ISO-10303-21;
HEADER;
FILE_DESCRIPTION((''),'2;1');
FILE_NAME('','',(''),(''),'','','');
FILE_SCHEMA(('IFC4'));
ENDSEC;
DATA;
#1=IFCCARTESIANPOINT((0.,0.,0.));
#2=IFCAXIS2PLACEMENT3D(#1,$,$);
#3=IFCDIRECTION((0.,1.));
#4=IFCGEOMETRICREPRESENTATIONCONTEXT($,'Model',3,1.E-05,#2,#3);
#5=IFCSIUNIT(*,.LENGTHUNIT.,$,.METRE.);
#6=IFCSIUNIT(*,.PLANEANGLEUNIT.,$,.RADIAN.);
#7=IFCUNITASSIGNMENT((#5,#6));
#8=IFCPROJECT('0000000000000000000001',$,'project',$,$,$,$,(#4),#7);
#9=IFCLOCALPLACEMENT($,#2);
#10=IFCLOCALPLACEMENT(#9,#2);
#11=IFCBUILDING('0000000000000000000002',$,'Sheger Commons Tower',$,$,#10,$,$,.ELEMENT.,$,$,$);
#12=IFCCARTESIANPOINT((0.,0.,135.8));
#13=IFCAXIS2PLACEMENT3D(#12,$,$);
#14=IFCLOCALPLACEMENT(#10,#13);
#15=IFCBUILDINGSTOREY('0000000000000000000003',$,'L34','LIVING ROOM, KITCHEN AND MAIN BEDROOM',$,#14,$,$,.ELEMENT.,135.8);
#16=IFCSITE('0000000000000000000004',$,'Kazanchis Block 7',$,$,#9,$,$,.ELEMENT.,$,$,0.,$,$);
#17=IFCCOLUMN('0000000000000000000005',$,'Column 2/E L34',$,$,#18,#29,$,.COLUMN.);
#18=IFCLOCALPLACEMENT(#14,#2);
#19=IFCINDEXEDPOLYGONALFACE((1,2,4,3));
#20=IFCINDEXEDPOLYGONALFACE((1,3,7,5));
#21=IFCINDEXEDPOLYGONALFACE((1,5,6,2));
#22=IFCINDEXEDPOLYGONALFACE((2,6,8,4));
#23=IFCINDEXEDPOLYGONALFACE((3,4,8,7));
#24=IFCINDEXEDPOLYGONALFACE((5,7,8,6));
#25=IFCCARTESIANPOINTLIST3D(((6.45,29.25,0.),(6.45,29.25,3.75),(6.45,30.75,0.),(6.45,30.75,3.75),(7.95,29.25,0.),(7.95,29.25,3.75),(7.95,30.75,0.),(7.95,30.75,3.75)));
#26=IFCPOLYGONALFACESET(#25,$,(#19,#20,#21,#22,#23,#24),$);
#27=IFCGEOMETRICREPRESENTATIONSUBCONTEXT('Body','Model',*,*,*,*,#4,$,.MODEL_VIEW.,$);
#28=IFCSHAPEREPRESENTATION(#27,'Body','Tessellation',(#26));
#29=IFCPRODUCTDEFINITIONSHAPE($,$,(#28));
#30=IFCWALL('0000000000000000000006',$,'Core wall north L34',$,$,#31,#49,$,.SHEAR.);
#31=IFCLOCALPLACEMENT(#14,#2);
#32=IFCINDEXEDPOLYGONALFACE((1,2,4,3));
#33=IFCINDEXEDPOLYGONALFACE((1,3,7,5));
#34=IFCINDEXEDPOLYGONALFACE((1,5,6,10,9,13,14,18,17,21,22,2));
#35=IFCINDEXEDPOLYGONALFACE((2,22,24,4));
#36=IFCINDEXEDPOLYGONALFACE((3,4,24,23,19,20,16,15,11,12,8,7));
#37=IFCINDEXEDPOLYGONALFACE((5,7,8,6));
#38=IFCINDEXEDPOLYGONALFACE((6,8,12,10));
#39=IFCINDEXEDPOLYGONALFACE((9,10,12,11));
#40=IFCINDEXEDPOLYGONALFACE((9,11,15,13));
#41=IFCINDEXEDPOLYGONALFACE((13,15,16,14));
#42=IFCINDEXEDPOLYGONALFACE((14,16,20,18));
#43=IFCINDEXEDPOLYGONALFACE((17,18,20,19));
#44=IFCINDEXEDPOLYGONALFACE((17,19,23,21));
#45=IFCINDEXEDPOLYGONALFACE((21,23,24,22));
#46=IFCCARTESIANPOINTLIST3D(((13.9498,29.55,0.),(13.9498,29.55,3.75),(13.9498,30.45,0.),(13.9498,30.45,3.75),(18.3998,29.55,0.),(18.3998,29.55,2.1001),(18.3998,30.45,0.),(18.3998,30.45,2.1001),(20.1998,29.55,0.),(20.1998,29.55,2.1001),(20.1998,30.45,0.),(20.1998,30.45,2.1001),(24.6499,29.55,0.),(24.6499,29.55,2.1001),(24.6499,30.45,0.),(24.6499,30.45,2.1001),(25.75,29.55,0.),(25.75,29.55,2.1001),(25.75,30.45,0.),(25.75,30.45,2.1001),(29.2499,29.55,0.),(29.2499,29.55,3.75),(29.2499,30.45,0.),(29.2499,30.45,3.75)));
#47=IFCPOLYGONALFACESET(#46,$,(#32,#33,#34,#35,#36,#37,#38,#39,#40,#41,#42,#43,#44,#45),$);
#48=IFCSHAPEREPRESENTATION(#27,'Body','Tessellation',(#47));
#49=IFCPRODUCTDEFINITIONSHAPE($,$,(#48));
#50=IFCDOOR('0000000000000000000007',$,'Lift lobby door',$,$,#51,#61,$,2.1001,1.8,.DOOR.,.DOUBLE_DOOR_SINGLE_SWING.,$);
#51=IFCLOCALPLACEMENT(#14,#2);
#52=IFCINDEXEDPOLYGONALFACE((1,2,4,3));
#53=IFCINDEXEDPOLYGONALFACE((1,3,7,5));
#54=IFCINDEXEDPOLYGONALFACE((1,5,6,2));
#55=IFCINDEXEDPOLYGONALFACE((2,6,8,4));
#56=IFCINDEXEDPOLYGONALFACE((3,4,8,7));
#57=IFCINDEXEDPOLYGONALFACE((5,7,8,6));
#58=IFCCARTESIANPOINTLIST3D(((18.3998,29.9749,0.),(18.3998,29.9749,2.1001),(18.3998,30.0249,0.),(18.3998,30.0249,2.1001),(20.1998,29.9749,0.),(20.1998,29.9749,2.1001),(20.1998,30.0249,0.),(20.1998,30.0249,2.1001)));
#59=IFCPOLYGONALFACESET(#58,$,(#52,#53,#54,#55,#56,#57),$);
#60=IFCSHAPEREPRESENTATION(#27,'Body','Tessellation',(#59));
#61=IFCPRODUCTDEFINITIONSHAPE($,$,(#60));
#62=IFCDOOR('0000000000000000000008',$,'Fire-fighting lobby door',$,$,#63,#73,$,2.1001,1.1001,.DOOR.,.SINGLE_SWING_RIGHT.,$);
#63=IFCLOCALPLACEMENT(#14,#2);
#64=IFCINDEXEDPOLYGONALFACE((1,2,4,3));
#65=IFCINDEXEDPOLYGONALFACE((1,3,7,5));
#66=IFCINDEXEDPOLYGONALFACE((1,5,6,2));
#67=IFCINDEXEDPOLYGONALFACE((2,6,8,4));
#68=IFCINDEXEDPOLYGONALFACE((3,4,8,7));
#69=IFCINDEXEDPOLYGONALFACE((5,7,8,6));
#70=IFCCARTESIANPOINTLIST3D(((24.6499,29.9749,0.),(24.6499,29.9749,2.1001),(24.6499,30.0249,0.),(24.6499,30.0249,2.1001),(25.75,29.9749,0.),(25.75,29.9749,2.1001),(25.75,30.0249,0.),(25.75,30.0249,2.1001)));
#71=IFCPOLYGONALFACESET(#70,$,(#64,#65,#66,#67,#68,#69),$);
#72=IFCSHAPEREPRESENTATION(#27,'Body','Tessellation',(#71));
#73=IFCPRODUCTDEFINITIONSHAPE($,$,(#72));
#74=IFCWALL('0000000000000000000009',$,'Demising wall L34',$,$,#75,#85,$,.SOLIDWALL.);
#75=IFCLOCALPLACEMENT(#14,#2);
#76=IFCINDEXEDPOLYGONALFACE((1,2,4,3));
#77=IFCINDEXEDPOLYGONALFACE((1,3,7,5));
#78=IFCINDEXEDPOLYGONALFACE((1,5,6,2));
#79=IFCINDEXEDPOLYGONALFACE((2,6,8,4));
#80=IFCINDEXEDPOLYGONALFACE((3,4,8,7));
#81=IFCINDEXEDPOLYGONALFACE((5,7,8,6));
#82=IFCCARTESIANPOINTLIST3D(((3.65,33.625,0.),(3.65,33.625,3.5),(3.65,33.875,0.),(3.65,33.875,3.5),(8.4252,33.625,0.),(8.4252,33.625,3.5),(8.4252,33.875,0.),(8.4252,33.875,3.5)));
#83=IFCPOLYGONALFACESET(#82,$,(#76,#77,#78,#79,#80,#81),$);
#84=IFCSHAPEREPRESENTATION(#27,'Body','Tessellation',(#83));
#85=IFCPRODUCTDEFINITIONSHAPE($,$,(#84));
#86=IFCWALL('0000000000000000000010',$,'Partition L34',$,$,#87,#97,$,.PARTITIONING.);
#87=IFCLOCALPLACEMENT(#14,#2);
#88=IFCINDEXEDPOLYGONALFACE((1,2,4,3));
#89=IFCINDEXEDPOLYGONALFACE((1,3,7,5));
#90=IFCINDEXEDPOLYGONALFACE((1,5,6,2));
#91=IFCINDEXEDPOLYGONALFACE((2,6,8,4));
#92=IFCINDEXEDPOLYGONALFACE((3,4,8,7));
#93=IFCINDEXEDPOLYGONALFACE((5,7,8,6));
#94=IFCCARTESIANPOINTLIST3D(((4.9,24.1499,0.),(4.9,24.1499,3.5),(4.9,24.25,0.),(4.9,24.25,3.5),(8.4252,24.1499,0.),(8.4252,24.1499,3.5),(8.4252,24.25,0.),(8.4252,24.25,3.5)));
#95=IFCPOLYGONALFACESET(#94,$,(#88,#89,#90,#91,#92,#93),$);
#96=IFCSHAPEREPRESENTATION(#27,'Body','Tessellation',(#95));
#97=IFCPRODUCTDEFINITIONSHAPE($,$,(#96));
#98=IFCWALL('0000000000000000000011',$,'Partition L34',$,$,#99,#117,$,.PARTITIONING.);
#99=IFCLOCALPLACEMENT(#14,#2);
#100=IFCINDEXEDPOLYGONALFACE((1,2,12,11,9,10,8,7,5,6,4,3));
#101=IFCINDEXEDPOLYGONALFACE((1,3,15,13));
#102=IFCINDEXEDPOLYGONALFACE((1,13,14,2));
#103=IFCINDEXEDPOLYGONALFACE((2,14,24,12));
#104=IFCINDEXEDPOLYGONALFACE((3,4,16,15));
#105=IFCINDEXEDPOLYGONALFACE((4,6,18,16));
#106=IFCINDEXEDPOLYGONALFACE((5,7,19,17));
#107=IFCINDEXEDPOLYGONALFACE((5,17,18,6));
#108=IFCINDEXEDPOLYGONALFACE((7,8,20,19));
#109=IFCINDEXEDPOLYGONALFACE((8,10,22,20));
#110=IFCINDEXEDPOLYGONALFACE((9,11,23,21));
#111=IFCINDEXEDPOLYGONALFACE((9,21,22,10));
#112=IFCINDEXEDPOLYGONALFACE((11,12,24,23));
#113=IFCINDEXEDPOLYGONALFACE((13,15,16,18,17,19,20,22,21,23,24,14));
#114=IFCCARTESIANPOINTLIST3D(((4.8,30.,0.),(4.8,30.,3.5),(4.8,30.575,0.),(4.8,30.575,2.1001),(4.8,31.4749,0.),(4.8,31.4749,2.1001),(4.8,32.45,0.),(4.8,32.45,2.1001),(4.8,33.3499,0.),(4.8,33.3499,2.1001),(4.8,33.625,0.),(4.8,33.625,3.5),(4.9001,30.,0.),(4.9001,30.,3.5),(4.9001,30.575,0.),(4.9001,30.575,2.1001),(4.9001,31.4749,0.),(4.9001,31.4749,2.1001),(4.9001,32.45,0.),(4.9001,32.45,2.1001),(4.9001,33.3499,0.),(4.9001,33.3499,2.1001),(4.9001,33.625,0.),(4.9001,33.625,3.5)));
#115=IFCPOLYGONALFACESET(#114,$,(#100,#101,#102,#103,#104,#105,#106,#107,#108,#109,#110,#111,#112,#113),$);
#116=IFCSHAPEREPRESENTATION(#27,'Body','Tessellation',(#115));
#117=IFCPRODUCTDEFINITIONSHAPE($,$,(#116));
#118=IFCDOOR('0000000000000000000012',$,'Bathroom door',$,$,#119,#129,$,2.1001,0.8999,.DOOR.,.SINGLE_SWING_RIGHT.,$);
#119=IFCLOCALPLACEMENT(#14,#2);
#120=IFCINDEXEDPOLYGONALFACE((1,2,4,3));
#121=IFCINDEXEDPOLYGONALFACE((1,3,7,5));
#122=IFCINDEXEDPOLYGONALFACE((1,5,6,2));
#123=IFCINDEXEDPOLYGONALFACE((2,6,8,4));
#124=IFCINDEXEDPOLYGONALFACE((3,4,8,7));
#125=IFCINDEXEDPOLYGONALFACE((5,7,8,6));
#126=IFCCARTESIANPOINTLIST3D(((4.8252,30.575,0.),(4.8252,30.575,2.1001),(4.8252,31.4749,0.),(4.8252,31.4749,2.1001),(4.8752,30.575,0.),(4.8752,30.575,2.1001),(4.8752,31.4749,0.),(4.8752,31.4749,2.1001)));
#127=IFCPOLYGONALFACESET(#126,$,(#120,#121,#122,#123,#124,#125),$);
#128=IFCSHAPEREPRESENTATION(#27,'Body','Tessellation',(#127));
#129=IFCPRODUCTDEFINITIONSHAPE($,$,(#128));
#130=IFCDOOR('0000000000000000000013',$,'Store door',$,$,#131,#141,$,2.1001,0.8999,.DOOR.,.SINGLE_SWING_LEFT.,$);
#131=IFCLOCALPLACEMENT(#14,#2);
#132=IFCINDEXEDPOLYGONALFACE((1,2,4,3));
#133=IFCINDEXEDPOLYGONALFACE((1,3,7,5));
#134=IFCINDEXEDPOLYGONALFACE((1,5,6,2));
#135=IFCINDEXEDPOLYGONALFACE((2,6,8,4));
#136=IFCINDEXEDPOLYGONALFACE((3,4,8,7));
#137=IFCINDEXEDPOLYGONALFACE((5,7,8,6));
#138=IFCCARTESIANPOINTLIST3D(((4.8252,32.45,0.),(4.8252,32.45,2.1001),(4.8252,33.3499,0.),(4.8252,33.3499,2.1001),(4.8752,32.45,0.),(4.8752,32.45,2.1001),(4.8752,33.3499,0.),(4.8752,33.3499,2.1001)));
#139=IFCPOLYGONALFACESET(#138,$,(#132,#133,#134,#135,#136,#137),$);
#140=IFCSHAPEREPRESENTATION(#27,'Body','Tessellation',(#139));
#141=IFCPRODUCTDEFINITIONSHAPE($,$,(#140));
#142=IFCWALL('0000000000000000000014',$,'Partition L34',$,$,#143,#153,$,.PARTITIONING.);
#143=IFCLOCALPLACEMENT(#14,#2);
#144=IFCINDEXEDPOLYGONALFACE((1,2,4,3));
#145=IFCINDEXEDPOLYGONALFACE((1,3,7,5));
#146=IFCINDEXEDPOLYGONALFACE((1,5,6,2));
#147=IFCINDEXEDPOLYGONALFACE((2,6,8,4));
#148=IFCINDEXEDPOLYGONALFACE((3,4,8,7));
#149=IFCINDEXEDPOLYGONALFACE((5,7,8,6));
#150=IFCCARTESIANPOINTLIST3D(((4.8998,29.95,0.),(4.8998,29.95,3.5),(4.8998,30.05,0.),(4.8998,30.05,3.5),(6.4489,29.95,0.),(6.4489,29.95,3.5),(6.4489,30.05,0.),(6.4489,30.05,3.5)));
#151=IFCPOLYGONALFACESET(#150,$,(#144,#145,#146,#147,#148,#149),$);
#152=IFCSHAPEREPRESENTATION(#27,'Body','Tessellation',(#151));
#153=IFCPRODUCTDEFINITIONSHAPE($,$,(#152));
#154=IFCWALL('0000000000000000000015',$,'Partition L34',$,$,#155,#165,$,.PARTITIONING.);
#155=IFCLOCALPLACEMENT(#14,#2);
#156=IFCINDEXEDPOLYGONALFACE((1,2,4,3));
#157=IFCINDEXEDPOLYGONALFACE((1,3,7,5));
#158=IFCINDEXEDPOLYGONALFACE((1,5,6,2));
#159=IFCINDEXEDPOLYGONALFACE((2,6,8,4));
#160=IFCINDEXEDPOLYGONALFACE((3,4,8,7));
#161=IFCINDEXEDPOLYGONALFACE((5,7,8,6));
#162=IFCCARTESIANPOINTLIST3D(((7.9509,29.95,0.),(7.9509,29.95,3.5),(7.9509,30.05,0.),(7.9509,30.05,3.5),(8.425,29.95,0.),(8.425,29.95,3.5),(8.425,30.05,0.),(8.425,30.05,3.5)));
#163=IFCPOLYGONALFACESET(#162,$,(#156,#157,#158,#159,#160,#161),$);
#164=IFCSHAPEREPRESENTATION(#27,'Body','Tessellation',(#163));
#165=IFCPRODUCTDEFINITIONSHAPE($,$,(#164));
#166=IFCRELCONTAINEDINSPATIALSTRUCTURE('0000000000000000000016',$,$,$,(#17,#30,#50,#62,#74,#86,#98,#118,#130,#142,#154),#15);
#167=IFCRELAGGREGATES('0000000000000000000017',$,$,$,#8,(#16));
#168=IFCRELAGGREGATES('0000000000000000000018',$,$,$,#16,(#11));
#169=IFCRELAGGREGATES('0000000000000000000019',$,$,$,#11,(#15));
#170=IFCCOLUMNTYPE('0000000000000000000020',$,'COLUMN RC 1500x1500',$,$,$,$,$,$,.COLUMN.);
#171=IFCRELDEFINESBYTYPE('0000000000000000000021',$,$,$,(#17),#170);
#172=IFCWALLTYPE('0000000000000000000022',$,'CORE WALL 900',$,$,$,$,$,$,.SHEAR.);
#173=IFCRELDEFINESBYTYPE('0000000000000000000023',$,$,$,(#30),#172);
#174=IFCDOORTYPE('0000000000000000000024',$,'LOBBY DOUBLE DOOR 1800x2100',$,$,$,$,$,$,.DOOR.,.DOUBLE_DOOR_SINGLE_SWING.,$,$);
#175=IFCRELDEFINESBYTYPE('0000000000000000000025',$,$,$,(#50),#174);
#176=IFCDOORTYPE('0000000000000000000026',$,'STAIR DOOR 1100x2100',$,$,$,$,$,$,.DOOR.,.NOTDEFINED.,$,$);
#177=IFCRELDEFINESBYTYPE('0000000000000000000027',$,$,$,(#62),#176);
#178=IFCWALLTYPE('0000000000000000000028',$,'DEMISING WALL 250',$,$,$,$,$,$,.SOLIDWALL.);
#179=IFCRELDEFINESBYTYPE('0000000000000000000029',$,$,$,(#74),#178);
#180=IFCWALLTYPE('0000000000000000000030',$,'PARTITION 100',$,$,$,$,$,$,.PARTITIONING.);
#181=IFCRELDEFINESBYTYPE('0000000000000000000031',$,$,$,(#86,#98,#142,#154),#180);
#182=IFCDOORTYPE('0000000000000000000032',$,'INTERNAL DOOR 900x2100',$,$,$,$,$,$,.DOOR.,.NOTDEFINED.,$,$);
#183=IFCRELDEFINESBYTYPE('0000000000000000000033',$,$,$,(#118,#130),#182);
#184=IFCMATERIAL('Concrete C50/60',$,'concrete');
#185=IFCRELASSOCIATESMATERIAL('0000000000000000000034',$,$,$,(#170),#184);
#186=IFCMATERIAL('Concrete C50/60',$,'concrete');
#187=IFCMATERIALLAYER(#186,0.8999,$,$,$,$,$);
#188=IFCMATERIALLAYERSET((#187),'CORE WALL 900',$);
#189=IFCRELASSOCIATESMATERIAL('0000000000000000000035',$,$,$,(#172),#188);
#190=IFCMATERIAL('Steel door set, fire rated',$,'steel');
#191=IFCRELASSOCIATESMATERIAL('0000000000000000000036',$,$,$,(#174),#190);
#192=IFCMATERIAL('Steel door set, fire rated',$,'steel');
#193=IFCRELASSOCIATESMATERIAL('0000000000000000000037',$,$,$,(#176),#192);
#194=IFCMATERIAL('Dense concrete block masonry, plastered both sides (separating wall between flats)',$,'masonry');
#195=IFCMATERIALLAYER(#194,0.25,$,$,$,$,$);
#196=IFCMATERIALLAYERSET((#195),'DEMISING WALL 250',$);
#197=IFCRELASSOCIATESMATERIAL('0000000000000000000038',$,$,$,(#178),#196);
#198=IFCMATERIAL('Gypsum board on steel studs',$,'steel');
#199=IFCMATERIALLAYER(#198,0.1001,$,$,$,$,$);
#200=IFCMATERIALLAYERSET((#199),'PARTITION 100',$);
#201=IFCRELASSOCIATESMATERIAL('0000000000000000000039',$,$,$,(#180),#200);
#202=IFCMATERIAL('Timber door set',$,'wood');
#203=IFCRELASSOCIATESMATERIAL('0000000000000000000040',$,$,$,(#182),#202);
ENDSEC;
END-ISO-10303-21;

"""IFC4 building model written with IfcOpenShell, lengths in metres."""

from ifc_helpers import new_model, si_unit, direction, frame, frame_2d, origin, origin_2d, place, context, subcontext, project, spatial, rectangle, extrude, material, layer, layer_set, material_profile, profile_set, type_object, element, fill, save


model = new_model("IFC4")

# Units and contexts
model_context = context("Model", 3, precision=1e-05, world=origin(), true_north=direction((0.0, 1.0)))
body_context = subcontext(model_context, "Body", "Model", "MODEL_VIEW")
ifc_project = project(units=[si_unit("LENGTHUNIT", "METRE"), si_unit("PLANEANGLEUNIT", "RADIAN")], contexts=[model_context])

# Site, building, storey
site_placement = place(None, origin())
site = spatial("IfcSite", under=ifc_project, at=site_placement, Name="Kazanchis Block 7", CompositionType="ELEMENT", RefElevation=0.0)
building_placement = place(site_placement, origin())
building = spatial("IfcBuilding", under=site, at=building_placement, Name="Sheger Commons Tower", CompositionType="ELEMENT")
storey_placement = place(building_placement, frame((0.0, 0.0, 135.8)))
storey = spatial("IfcBuildingStorey", under=building, at=storey_placement, Name="L34", Description="LIVING ROOM, KITCHEN AND MAIN BEDROOM", CompositionType="ELEMENT", Elevation=135.8)

# Column
ifc_material_1 = material(Name="Concrete C50/60", Category="concrete")
ifc_material_profile = material_profile(ifc_material_1, rectangle(XDim=1.5, YDim=1.5, at=origin_2d()), Name="RC 1500x1500")
ifc_profile_set = profile_set([ifc_material_profile], Name="Concrete C50/60")
column_type = type_object("IfcColumnType", Name="COLUMN RC 1500x1500", PredefinedType="COLUMN", material=ifc_profile_set)
column_placement = place(storey_placement, frame((7.2, 30.0, 0.0), z_axis=(0.0, 0.0, 1.0), x_axis=(1.0, 0.0, 0.0)))
element("IfcColumn", 1, at=column_placement, inside=storey, type_object=column_type, Name="Column 2/E L34", PredefinedType="COLUMN", context=body_context, shape_type="SweptSolid", body=[
    extrude(rectangle(XDim=1.5, YDim=1.5, at=origin_2d()), origin(), (0.0, 0.0, 1.0), 3.75),
])

# Wall, openings, doors
ifc_material_2 = material(Name="Concrete C50/60", Category="concrete")
ifc_layer_1 = layer(ifc_material_2, 0.8999)
ifc_layer_set_1 = layer_set([ifc_layer_1], Name="CORE WALL 900")
wall_type_1 = type_object("IfcWallType", Name="CORE WALL 900", PredefinedType="SHEAR", material=ifc_layer_set_1)
wall_1_placement = place(storey_placement, frame((13.95, 30.0, 0.0), z_axis=(0.0, 0.0, 1.0), x_axis=(1.0, 0.0, 0.0)))
wall_1 = element("IfcWall", 2, at=wall_1_placement, inside=storey, type_object=wall_type_1, Name="Core wall north L34", PredefinedType="SHEAR", context=body_context, shape_type="SweptSolid", body=[
    extrude(rectangle(XDim=15.3, YDim=0.8999, at=frame_2d((7.6499, 0.0))), origin(), (0.0, 0.0, 1.0), 3.75),
])
opening_1_placement = place(wall_1_placement, frame((4.45, 0.0, 0.0)))
opening_1 = element("IfcOpeningElement", 3, at=opening_1_placement, cuts=wall_1, PredefinedType="OPENING", context=body_context, shape_type="SweptSolid", body=[
    extrude(rectangle(XDim=1.8, YDim=2.1001, at=frame_2d((0.8999, 1.05))), frame((0.0, 0.46, 0.0), z_axis=(0.0, -1.0, 0.0), x_axis=(1.0, 0.0, 0.0)), (0.0, 0.0, 1.0), 0.9199),
])
opening_2_placement = place(wall_1_placement, frame((10.7, 0.0, 0.0)))
opening_2 = element("IfcOpeningElement", 4, at=opening_2_placement, cuts=wall_1, PredefinedType="OPENING", context=body_context, shape_type="SweptSolid", body=[
    extrude(rectangle(XDim=1.1001, YDim=2.1001, at=frame_2d((0.55, 1.05))), frame((0.0, 0.46, 0.0), z_axis=(0.0, -1.0, 0.0), x_axis=(1.0, 0.0, 0.0)), (0.0, 0.0, 1.0), 0.9199),
])
ifc_material_3 = material(Name="Steel door set, fire rated", Category="steel")
door_type_1 = type_object("IfcDoorType", Name="LOBBY DOUBLE DOOR 1800x2100", OperationType="DOUBLE_DOOR_SINGLE_SWING", PredefinedType="DOOR", material=ifc_material_3)
door_1_placement = place(opening_1_placement, origin())
door_1 = element("IfcDoor", 5, at=door_1_placement, inside=storey, type_object=door_type_1, Name="Lift lobby door", OperationType="DOUBLE_DOOR_SINGLE_SWING", OverallHeight=2.1001, OverallWidth=1.8, PredefinedType="DOOR", context=body_context, shape_type="SweptSolid", body=[
    extrude(rectangle(XDim=1.8, YDim=2.1001, at=frame_2d((0.8999, 1.05))), frame((0.0, 0.0249, 0.0), z_axis=(0.0, -1.0, 0.0), x_axis=(1.0, 0.0, 0.0)), (0.0, 0.0, 1.0), 0.05),
])
fill(opening_1, door_1)
ifc_material_4 = material(Name="Steel door set, fire rated", Category="steel")
door_type_2 = type_object("IfcDoorType", Name="STAIR DOOR 1100x2100", OperationType="NOTDEFINED", PredefinedType="DOOR", material=ifc_material_4)
door_2_placement = place(opening_2_placement, origin())
door_2 = element("IfcDoor", 6, at=door_2_placement, inside=storey, type_object=door_type_2, Name="Fire-fighting lobby door", OperationType="SINGLE_SWING_RIGHT", OverallHeight=2.1001, OverallWidth=1.1001, PredefinedType="DOOR", context=body_context, shape_type="SweptSolid", body=[
    extrude(rectangle(XDim=1.1001, YDim=2.1001, at=frame_2d((0.55, 1.05))), frame((0.0, 0.0249, 0.0), z_axis=(0.0, -1.0, 0.0), x_axis=(1.0, 0.0, 0.0)), (0.0, 0.0, 1.0), 0.05),
])
fill(opening_2, door_2)

# Walls
ifc_material_5 = material(Name="Dense concrete block masonry, plastered both sides (separating wall between flats)", Category="masonry")
ifc_layer_2 = layer(ifc_material_5, 0.25)
ifc_layer_set_2 = layer_set([ifc_layer_2], Name="DEMISING WALL 250")
wall_type_2 = type_object("IfcWallType", Name="DEMISING WALL 250", PredefinedType="SOLIDWALL", material=ifc_layer_set_2)
wall_2_placement = place(storey_placement, frame((3.6499, 33.75, 0.0), z_axis=(0.0, 0.0, 1.0), x_axis=(1.0, 0.0, 0.0)))
element("IfcWall", 7, at=wall_2_placement, inside=storey, type_object=wall_type_2, Name="Demising wall L34", PredefinedType="SOLIDWALL", context=body_context, shape_type="SweptSolid", body=[
    extrude(rectangle(XDim=4.7751, YDim=0.25, at=frame_2d((2.3877, 0.0))), origin(), (0.0, 0.0, 1.0), 3.5),
])
ifc_material_6 = material(Name="Gypsum board on steel studs", Category="steel")
ifc_layer_3 = layer(ifc_material_6, 0.1001)
ifc_layer_set_3 = layer_set([ifc_layer_3], Name="PARTITION 100")
wall_type_3 = type_object("IfcWallType", Name="PARTITION 100", PredefinedType="PARTITIONING", material=ifc_layer_set_3)
wall_3_placement = place(storey_placement, frame((4.8999, 24.2, 0.0), z_axis=(0.0, 0.0, 1.0), x_axis=(1.0, 0.0, 0.0)))
element("IfcWall", 8, at=wall_3_placement, inside=storey, type_object=wall_type_3, Name="Partition L34", PredefinedType="PARTITIONING", context=body_context, shape_type="SweptSolid", body=[
    extrude(rectangle(XDim=3.5251, YDim=0.1001, at=frame_2d((1.7627, 0.0))), origin(), (0.0, 0.0, 1.0), 3.5),
])

# Wall, openings, doors
wall_4_placement = place(storey_placement, frame((4.8501, 30.0, 0.0), z_axis=(0.0, 0.0, 1.0), x_axis=(0.0, 1.0, 0.0)))
wall_4 = element("IfcWall", 9, at=wall_4_placement, inside=storey, type_object=wall_type_3, Name="Partition L34", PredefinedType="PARTITIONING", context=body_context, shape_type="SweptSolid", body=[
    extrude(rectangle(XDim=3.625, YDim=0.1001, at=frame_2d((1.8125, 0.0))), origin(), (0.0, 0.0, 1.0), 3.5),
])
opening_3_placement = place(wall_4_placement, frame((0.575, 0.0, 0.0)))
opening_3 = element("IfcOpeningElement", 10, at=opening_3_placement, cuts=wall_4, PredefinedType="OPENING", context=body_context, shape_type="SweptSolid", body=[
    extrude(rectangle(XDim=0.8999, YDim=2.1001, at=frame_2d((0.45, 1.05))), frame((0.0, 0.0601, 0.0), z_axis=(0.0, -1.0, 0.0), x_axis=(1.0, 0.0, 0.0)), (0.0, 0.0, 1.0), 0.1201),
])
opening_4_placement = place(wall_4_placement, frame((2.45, 0.0, 0.0)))
opening_4 = element("IfcOpeningElement", 11, at=opening_4_placement, cuts=wall_4, PredefinedType="OPENING", context=body_context, shape_type="SweptSolid", body=[
    extrude(rectangle(XDim=0.8999, YDim=2.1001, at=frame_2d((0.45, 1.05))), frame((0.0, 0.0601, 0.0), z_axis=(0.0, -1.0, 0.0), x_axis=(1.0, 0.0, 0.0)), (0.0, 0.0, 1.0), 0.1201),
])
ifc_material_7 = material(Name="Timber door set", Category="wood")
door_type_3 = type_object("IfcDoorType", Name="INTERNAL DOOR 900x2100", OperationType="NOTDEFINED", PredefinedType="DOOR", material=ifc_material_7)
door_3_placement = place(opening_3_placement, origin())
door_3 = element("IfcDoor", 12, at=door_3_placement, inside=storey, type_object=door_type_3, Name="Bathroom door", OperationType="SINGLE_SWING_RIGHT", OverallHeight=2.1001, OverallWidth=0.8999, PredefinedType="DOOR", context=body_context, shape_type="SweptSolid", body=[
    extrude(rectangle(XDim=0.8999, YDim=2.1001, at=frame_2d((0.45, 1.05))), frame((0.0, 0.0249, 0.0), z_axis=(0.0, -1.0, 0.0), x_axis=(1.0, 0.0, 0.0)), (0.0, 0.0, 1.0), 0.05),
])
fill(opening_3, door_3)
door_4_placement = place(opening_4_placement, origin())
door_4 = element("IfcDoor", 13, at=door_4_placement, inside=storey, type_object=door_type_3, Name="Store door", OperationType="SINGLE_SWING_LEFT", OverallHeight=2.1001, OverallWidth=0.8999, PredefinedType="DOOR", context=body_context, shape_type="SweptSolid", body=[
    extrude(rectangle(XDim=0.8999, YDim=2.1001, at=frame_2d((0.45, 1.05))), frame((0.0, 0.0249, 0.0), z_axis=(0.0, -1.0, 0.0), x_axis=(1.0, 0.0, 0.0)), (0.0, 0.0, 1.0), 0.05),
])
fill(opening_4, door_4)

# Walls
wall_5_placement = place(storey_placement, frame((4.8999, 30.0, 0.0), z_axis=(0.0, 0.0, 1.0), x_axis=(1.0, 0.0, 0.0)))
element("IfcWall", 14, at=wall_5_placement, inside=storey, type_object=wall_type_3, Name="Partition L34", PredefinedType="PARTITIONING", context=body_context, shape_type="SweptSolid", body=[
    extrude(rectangle(XDim=1.5491, YDim=0.1001, at=frame_2d((0.7744, 0.0))), origin(), (0.0, 0.0, 1.0), 3.5),
])
wall_6_placement = place(storey_placement, frame((7.9509, 30.0, 0.0), z_axis=(0.0, 0.0, 1.0), x_axis=(1.0, 0.0, 0.0)))
element("IfcWall", 15, at=wall_6_placement, inside=storey, type_object=wall_type_3, Name="Partition L34", PredefinedType="PARTITIONING", context=body_context, shape_type="SweptSolid", body=[
    extrude(rectangle(XDim=0.4741, YDim=0.1001, at=frame_2d((0.2371, 0.0))), origin(), (0.0, 0.0, 1.0), 3.5),
])

save(model, "model.ifc")
